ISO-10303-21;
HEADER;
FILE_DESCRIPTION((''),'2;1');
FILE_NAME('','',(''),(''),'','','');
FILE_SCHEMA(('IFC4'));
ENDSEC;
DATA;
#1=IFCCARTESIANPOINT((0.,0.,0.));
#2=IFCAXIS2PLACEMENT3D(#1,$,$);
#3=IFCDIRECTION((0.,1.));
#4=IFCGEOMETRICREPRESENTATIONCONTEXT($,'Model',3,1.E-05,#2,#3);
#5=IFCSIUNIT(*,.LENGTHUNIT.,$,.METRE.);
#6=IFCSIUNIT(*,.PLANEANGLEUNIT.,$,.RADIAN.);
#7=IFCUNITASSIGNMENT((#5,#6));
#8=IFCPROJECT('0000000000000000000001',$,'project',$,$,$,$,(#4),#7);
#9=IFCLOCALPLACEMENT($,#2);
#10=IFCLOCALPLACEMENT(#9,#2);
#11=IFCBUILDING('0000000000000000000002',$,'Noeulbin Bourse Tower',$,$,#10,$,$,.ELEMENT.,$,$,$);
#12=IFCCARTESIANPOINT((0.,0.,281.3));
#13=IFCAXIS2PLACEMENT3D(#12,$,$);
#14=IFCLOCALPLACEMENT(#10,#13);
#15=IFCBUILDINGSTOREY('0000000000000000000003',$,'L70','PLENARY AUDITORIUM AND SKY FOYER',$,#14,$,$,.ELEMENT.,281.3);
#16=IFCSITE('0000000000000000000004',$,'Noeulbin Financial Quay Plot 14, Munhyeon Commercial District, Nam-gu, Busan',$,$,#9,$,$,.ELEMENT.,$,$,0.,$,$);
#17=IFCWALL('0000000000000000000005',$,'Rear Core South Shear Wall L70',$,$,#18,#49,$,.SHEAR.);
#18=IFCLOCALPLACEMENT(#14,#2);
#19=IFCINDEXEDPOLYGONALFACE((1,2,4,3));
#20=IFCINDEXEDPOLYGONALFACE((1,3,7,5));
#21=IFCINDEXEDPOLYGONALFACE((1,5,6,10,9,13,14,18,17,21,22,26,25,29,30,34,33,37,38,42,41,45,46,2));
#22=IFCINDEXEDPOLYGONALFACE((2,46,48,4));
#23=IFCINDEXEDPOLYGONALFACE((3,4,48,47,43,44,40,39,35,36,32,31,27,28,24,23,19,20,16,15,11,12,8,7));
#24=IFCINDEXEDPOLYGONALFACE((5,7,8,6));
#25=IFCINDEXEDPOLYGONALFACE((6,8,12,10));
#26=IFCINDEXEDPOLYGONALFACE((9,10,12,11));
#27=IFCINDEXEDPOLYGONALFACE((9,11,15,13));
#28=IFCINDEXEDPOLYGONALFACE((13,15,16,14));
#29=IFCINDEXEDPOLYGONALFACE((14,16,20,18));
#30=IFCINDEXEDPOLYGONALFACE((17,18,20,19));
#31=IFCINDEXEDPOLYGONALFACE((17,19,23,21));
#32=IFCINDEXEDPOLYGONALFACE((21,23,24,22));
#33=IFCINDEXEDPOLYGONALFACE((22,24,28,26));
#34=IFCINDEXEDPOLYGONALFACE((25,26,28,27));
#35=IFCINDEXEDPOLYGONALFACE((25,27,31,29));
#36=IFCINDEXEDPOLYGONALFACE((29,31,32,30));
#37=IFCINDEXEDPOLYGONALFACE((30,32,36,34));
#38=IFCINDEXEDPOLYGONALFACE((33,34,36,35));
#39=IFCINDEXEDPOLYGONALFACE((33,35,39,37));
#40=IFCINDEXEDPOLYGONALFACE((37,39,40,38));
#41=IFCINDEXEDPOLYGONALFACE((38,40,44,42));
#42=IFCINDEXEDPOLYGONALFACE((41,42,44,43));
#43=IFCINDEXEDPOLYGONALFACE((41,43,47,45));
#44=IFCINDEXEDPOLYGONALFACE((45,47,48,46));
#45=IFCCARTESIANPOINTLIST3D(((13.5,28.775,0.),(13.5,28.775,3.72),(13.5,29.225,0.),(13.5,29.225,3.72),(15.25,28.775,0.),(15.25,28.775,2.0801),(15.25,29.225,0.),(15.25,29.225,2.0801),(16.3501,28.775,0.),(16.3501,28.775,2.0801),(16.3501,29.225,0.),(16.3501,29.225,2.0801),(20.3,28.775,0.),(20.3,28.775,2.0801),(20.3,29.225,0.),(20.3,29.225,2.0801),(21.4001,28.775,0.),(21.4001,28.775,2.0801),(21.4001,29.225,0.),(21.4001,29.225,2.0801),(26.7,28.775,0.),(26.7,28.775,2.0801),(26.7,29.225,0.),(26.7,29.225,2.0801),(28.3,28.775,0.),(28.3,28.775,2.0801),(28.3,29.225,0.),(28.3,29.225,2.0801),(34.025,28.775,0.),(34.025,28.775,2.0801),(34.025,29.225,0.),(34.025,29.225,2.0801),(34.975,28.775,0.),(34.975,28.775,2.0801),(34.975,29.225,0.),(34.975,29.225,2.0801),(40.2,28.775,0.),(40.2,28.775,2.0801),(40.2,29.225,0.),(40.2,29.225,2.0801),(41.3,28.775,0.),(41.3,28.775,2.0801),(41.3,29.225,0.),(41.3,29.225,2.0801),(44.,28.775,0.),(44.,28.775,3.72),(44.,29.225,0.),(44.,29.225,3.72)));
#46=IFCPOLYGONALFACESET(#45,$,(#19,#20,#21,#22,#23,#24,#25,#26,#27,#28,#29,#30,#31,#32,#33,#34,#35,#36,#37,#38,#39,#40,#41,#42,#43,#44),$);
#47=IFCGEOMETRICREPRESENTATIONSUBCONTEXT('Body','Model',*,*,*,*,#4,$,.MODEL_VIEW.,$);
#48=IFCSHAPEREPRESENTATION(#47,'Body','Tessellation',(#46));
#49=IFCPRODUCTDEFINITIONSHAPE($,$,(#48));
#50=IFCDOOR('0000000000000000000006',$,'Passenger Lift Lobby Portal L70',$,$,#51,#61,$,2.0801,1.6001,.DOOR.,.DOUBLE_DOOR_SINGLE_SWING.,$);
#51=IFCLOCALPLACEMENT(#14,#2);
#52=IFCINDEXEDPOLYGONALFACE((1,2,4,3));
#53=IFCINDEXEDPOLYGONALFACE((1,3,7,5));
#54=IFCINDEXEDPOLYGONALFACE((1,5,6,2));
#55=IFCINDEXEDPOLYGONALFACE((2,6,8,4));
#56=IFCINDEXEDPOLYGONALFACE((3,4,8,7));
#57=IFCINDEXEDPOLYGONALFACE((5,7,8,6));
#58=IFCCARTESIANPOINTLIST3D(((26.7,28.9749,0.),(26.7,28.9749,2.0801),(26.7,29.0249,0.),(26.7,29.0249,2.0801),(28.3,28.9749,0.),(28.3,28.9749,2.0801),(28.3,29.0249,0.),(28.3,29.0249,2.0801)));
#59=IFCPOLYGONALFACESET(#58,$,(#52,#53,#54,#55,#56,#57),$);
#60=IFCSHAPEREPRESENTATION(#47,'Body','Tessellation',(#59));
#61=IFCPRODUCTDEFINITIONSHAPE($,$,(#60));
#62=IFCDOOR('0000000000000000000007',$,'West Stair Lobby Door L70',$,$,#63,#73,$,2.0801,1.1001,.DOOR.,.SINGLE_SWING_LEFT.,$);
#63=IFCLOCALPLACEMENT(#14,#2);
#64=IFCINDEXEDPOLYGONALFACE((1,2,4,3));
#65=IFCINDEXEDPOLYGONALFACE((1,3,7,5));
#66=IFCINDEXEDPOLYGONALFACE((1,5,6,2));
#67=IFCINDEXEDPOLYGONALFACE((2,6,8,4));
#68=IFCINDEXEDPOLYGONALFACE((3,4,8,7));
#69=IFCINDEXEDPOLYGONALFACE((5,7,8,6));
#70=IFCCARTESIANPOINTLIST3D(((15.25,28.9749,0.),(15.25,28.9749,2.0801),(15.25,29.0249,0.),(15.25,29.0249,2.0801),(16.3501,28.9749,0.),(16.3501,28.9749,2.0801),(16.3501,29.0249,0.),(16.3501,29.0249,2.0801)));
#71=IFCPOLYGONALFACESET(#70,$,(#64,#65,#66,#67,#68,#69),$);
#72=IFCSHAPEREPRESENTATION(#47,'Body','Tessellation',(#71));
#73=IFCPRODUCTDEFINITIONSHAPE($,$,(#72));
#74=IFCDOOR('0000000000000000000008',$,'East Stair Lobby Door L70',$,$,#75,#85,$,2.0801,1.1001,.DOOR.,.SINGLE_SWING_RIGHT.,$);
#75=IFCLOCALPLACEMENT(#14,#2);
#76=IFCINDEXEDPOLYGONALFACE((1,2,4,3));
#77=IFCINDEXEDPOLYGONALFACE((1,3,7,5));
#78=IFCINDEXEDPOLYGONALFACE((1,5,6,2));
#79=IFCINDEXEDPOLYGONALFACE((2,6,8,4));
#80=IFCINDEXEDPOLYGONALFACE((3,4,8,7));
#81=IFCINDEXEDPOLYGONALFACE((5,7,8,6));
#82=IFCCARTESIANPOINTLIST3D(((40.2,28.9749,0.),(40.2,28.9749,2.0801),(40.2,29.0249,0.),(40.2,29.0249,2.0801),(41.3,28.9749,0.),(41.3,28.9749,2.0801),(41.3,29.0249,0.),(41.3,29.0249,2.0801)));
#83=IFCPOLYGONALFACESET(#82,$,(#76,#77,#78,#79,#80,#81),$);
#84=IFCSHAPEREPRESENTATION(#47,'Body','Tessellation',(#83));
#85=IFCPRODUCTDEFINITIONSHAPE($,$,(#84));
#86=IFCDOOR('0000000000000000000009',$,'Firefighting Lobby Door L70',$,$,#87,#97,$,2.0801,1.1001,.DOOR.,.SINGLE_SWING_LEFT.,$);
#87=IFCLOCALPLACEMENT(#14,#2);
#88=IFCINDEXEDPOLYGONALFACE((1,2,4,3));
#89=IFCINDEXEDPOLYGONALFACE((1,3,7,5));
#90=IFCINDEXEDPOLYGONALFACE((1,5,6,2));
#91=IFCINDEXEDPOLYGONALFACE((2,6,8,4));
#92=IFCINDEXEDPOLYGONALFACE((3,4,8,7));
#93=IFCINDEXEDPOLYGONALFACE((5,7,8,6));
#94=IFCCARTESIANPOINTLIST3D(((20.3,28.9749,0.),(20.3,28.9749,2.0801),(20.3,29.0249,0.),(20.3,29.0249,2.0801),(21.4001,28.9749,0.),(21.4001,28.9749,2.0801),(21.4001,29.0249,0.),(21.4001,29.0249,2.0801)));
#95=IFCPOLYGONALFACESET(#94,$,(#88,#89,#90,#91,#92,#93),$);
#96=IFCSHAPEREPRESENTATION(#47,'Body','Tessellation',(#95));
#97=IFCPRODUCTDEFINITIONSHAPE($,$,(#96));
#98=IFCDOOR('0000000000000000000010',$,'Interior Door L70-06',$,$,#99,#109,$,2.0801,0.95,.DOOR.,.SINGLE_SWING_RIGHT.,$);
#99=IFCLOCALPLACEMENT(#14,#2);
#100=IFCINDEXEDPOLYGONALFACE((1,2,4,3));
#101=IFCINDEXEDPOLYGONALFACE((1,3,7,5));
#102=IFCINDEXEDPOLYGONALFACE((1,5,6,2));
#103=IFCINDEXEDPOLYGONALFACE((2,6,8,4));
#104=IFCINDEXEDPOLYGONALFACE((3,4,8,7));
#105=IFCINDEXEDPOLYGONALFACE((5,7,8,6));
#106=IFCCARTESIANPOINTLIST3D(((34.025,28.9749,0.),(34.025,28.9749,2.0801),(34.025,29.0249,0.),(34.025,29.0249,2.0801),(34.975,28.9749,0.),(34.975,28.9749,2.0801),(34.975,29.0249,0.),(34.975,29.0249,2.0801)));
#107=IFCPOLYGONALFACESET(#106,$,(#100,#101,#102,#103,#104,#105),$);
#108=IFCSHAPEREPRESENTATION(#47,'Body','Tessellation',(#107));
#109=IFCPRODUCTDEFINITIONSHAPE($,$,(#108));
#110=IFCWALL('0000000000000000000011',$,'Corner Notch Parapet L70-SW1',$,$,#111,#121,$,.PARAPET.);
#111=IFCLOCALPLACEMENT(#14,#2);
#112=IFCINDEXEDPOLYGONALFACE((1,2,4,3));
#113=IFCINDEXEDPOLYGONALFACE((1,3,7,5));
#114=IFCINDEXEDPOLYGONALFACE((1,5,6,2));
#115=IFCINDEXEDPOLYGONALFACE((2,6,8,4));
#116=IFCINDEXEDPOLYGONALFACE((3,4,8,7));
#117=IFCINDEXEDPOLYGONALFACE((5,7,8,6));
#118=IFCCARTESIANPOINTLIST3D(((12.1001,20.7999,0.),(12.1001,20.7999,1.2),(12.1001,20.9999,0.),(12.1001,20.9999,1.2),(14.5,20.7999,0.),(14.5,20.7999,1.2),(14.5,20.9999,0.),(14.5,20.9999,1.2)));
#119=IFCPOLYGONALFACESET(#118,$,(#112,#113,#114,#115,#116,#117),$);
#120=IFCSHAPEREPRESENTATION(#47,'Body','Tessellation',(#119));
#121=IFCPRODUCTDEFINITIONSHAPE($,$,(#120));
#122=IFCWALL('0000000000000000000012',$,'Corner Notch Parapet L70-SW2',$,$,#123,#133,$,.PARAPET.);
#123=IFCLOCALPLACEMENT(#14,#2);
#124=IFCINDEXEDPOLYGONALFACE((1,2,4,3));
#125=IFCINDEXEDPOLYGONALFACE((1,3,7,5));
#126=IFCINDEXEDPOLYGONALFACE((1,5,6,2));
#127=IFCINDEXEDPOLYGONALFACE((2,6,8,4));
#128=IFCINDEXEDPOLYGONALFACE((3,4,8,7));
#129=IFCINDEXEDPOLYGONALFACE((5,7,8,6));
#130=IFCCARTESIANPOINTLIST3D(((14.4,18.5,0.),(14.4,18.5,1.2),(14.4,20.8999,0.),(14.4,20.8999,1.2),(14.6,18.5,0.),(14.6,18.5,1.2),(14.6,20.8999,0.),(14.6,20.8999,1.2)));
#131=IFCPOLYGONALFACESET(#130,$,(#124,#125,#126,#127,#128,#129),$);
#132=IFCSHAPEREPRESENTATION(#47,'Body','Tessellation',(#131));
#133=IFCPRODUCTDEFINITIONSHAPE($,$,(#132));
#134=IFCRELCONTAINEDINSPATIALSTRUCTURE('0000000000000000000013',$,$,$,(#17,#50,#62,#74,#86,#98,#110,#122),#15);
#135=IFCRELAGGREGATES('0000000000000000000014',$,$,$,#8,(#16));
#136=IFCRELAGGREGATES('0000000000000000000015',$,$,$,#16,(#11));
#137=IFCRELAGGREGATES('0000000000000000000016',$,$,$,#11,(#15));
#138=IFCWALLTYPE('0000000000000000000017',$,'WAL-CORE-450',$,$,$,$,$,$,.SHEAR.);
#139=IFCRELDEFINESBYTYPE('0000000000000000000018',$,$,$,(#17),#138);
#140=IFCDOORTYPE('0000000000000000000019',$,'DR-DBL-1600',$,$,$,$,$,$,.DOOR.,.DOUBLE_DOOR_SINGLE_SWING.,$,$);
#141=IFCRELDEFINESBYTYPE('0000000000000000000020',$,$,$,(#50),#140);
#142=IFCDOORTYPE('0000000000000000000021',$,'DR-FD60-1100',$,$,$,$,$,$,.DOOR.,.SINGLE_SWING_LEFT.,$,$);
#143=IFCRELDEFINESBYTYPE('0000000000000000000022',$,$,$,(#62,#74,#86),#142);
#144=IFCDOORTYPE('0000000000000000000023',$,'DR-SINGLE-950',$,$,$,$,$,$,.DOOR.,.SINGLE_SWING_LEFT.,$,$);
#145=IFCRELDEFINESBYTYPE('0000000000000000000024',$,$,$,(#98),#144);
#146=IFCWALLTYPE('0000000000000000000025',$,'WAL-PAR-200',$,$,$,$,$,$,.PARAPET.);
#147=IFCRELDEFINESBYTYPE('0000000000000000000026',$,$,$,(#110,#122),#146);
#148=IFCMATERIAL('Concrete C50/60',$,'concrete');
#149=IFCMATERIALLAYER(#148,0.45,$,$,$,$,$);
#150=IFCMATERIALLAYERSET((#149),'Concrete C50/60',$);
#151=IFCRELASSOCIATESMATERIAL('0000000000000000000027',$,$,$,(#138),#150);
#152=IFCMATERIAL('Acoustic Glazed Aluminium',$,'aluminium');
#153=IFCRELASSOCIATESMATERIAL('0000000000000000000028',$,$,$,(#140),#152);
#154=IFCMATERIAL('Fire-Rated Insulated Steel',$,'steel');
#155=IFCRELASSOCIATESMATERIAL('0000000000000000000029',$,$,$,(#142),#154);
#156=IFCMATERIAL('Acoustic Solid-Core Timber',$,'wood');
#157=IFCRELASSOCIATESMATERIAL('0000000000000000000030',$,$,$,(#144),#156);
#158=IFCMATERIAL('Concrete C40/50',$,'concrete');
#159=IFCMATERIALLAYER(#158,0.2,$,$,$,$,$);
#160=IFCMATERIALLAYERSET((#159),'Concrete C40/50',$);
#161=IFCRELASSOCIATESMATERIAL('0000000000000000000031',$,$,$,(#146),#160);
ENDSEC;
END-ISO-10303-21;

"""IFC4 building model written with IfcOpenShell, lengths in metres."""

from ifc_helpers import new_model, si_unit, direction, frame, frame_2d, origin, place, context, subcontext, project, spatial, rectangle, extrude, material, layer, layer_set, type_object, element, fill, save


model = new_model("IFC4")

# Units and contexts
model_context = context("Model", 3, precision=1e-05, world=origin(), true_north=direction((0.0, 1.0)))
body_context = subcontext(model_context, "Body", "Model", "MODEL_VIEW")
ifc_project = project(units=[si_unit("LENGTHUNIT", "METRE"), si_unit("PLANEANGLEUNIT", "RADIAN")], contexts=[model_context])

# Site, building, storey
site_placement = place(None, origin())
site = spatial("IfcSite", under=ifc_project, at=site_placement, Name="Noeulbin Financial Quay Plot 14, Munhyeon Commercial District, Nam-gu, Busan", CompositionType="ELEMENT", RefElevation=0.0)
building_placement = place(site_placement, origin())
building = spatial("IfcBuilding", under=site, at=building_placement, Name="Noeulbin Bourse Tower", CompositionType="ELEMENT")
storey_placement = place(building_placement, frame((0.0, 0.0, 281.3)))
storey = spatial("IfcBuildingStorey", under=building, at=storey_placement, Name="L70", Description="PLENARY AUDITORIUM AND SKY FOYER", CompositionType="ELEMENT", Elevation=281.3)

# Wall, openings, doors
ifc_material_1 = material(Name="Concrete C50/60", Category="concrete")
ifc_layer_1 = layer(ifc_material_1, 0.45)
ifc_layer_set_1 = layer_set([ifc_layer_1], Name="Concrete C50/60")
wall_type_1 = type_object("IfcWallType", Name="WAL-CORE-450", PredefinedType="SHEAR", material=ifc_layer_set_1)
wall_1_placement = place(storey_placement, frame((13.5, 29.0, 0.0), z_axis=(0.0, 0.0, 1.0), x_axis=(1.0, 0.0, 0.0)))
wall_1 = element("IfcWall", 1, at=wall_1_placement, inside=storey, type_object=wall_type_1, Name="Rear Core South Shear Wall L70", PredefinedType="SHEAR", context=body_context, shape_type="SweptSolid", body=[
    extrude(rectangle(XDim=30.5, YDim=0.45, at=frame_2d((15.25, 0.0))), origin(), (0.0, 0.0, 1.0), 3.72),
])
opening_1_placement = place(wall_1_placement, frame((1.75, 0.0, 0.0)))
opening_1 = element("IfcOpeningElement", 2, at=opening_1_placement, cuts=wall_1, PredefinedType="OPENING", context=body_context, shape_type="SweptSolid", body=[
    extrude(rectangle(XDim=1.1001, YDim=2.0801, at=frame_2d((0.55, 1.04))), frame((0.0, 0.2349, 0.0), z_axis=(0.0, -1.0, 0.0), x_axis=(1.0, 0.0, 0.0)), (0.0, 0.0, 1.0), 0.47),
])
opening_2_placement = place(wall_1_placement, frame((26.7, 0.0, 0.0)))
opening_2 = element("IfcOpeningElement", 3, at=opening_2_placement, cuts=wall_1, PredefinedType="OPENING", context=body_context, shape_type="SweptSolid", body=[
    extrude(rectangle(XDim=1.1001, YDim=2.0801, at=frame_2d((0.55, 1.04))), frame((0.0, 0.2349, 0.0), z_axis=(0.0, -1.0, 0.0), x_axis=(1.0, 0.0, 0.0)), (0.0, 0.0, 1.0), 0.47),
])
opening_3_placement = place(wall_1_placement, frame((6.8, 0.0, 0.0)))
opening_3 = element("IfcOpeningElement", 4, at=opening_3_placement, cuts=wall_1, PredefinedType="OPENING", context=body_context, shape_type="SweptSolid", body=[
    extrude(rectangle(XDim=1.1001, YDim=2.0801, at=frame_2d((0.55, 1.04))), frame((0.0, 0.2349, 0.0), z_axis=(0.0, -1.0, 0.0), x_axis=(1.0, 0.0, 0.0)), (0.0, 0.0, 1.0), 0.47),
])
opening_4_placement = place(wall_1_placement, frame((13.2, 0.0, 0.0)))
opening_4 = element("IfcOpeningElement", 5, at=opening_4_placement, cuts=wall_1, PredefinedType="OPENING", context=body_context, shape_type="SweptSolid", body=[
    extrude(rectangle(XDim=1.6001, YDim=2.0801, at=frame_2d((0.8, 1.04))), frame((0.0, 0.2349, 0.0), z_axis=(0.0, -1.0, 0.0), x_axis=(1.0, 0.0, 0.0)), (0.0, 0.0, 1.0), 0.47),
])
opening_5_placement = place(wall_1_placement, frame((20.5249, 0.0, 0.0)))
opening_5 = element("IfcOpeningElement", 6, at=opening_5_placement, cuts=wall_1, PredefinedType="OPENING", context=body_context, shape_type="SweptSolid", body=[
    extrude(rectangle(XDim=0.95, YDim=2.0801, at=frame_2d((0.4751, 1.04))), frame((0.0, 0.2349, 0.0), z_axis=(0.0, -1.0, 0.0), x_axis=(1.0, 0.0, 0.0)), (0.0, 0.0, 1.0), 0.47),
])
ifc_material_2 = material(Name="Acoustic Glazed Aluminium", Category="aluminium")
door_type_1 = type_object("IfcDoorType", Name="DR-DBL-1600", OperationType="DOUBLE_DOOR_SINGLE_SWING", PredefinedType="DOOR", material=ifc_material_2)
door_1_placement = place(opening_4_placement, origin())
door_1 = element("IfcDoor", 7, at=door_1_placement, inside=storey, type_object=door_type_1, Name="Passenger Lift Lobby Portal L70", OperationType="DOUBLE_DOOR_SINGLE_SWING", OverallHeight=2.0801, OverallWidth=1.6001, PredefinedType="DOOR", context=body_context, shape_type="SweptSolid", body=[
    extrude(rectangle(XDim=1.6001, YDim=2.0801, at=frame_2d((0.8, 1.04))), frame((0.0, 0.0249, 0.0), z_axis=(0.0, -1.0, 0.0), x_axis=(1.0, 0.0, 0.0)), (0.0, 0.0, 1.0), 0.05),
])
fill(opening_4, door_1)
ifc_material_3 = material(Name="Fire-Rated Insulated Steel", Category="steel")
door_type_2 = type_object("IfcDoorType", Name="DR-FD60-1100", OperationType="SINGLE_SWING_LEFT", PredefinedType="DOOR", material=ifc_material_3)
door_2_placement = place(opening_1_placement, origin())
door_2 = element("IfcDoor", 8, at=door_2_placement, inside=storey, type_object=door_type_2, Name="West Stair Lobby Door L70", OperationType="SINGLE_SWING_LEFT", OverallHeight=2.0801, OverallWidth=1.1001, PredefinedType="DOOR", context=body_context, shape_type="SweptSolid", body=[
    extrude(rectangle(XDim=1.1001, YDim=2.0801, at=frame_2d((0.55, 1.04))), frame((0.0, 0.0249, 0.0), z_axis=(0.0, -1.0, 0.0), x_axis=(1.0, 0.0, 0.0)), (0.0, 0.0, 1.0), 0.05),
])
fill(opening_1, door_2)
door_3_placement = place(opening_2_placement, origin())
door_3 = element("IfcDoor", 9, at=door_3_placement, inside=storey, type_object=door_type_2, Name="East Stair Lobby Door L70", OperationType="SINGLE_SWING_RIGHT", OverallHeight=2.0801, OverallWidth=1.1001, PredefinedType="DOOR", context=body_context, shape_type="SweptSolid", body=[
    extrude(rectangle(XDim=1.1001, YDim=2.0801, at=frame_2d((0.55, 1.04))), frame((0.0, 0.0249, 0.0), z_axis=(0.0, -1.0, 0.0), x_axis=(1.0, 0.0, 0.0)), (0.0, 0.0, 1.0), 0.05),
])
fill(opening_2, door_3)
door_4_placement = place(opening_3_placement, origin())
door_4 = element("IfcDoor", 10, at=door_4_placement, inside=storey, type_object=door_type_2, Name="Firefighting Lobby Door L70", OperationType="SINGLE_SWING_LEFT", OverallHeight=2.0801, OverallWidth=1.1001, PredefinedType="DOOR", context=body_context, shape_type="SweptSolid", body=[
    extrude(rectangle(XDim=1.1001, YDim=2.0801, at=frame_2d((0.55, 1.04))), frame((0.0, 0.0249, 0.0), z_axis=(0.0, -1.0, 0.0), x_axis=(1.0, 0.0, 0.0)), (0.0, 0.0, 1.0), 0.05),
])
fill(opening_3, door_4)
ifc_material_4 = material(Name="Acoustic Solid-Core Timber", Category="wood")
door_type_3 = type_object("IfcDoorType", Name="DR-SINGLE-950", OperationType="SINGLE_SWING_LEFT", PredefinedType="DOOR", material=ifc_material_4)
door_5_placement = place(opening_5_placement, origin())
door_5 = element("IfcDoor", 11, at=door_5_placement, inside=storey, type_object=door_type_3, Name="Interior Door L70-06", OperationType="SINGLE_SWING_RIGHT", OverallHeight=2.0801, OverallWidth=0.95, PredefinedType="DOOR", context=body_context, shape_type="SweptSolid", body=[
    extrude(rectangle(XDim=0.95, YDim=2.0801, at=frame_2d((0.4751, 1.04))), frame((0.0, 0.0249, 0.0), z_axis=(0.0, -1.0, 0.0), x_axis=(1.0, 0.0, 0.0)), (0.0, 0.0, 1.0), 0.05),
])
fill(opening_5, door_5)

# Walls
ifc_material_5 = material(Name="Concrete C40/50", Category="concrete")
ifc_layer_2 = layer(ifc_material_5, 0.2)
ifc_layer_set_2 = layer_set([ifc_layer_2], Name="Concrete C40/50")
wall_type_2 = type_object("IfcWallType", Name="WAL-PAR-200", PredefinedType="PARAPET", material=ifc_layer_set_2)
for number, where, z_axis, x_axis, name in (
    (12, (12.1001, 20.8999, 0.0), (0.0, 0.0, 1.0), (1.0, 0.0, 0.0), "Corner Notch Parapet L70-SW1"),
    (13, (14.5, 20.8999, 0.0), (0.0, 0.0, 1.0), (0.0, -1.0, 0.0), "Corner Notch Parapet L70-SW2"),
):
    element("IfcWall", number, at=place(storey_placement, frame(where, z_axis=z_axis, x_axis=x_axis)), inside=storey, type_object=wall_type_2, Name=name, PredefinedType="PARAPET", context=body_context, shape_type="SweptSolid", body=[
        extrude(rectangle(XDim=2.3999, YDim=0.2, at=frame_2d((1.2, 0.0))), origin(), (0.0, 0.0, 1.0), 1.2),
    ])

save(model, "model.ifc")
